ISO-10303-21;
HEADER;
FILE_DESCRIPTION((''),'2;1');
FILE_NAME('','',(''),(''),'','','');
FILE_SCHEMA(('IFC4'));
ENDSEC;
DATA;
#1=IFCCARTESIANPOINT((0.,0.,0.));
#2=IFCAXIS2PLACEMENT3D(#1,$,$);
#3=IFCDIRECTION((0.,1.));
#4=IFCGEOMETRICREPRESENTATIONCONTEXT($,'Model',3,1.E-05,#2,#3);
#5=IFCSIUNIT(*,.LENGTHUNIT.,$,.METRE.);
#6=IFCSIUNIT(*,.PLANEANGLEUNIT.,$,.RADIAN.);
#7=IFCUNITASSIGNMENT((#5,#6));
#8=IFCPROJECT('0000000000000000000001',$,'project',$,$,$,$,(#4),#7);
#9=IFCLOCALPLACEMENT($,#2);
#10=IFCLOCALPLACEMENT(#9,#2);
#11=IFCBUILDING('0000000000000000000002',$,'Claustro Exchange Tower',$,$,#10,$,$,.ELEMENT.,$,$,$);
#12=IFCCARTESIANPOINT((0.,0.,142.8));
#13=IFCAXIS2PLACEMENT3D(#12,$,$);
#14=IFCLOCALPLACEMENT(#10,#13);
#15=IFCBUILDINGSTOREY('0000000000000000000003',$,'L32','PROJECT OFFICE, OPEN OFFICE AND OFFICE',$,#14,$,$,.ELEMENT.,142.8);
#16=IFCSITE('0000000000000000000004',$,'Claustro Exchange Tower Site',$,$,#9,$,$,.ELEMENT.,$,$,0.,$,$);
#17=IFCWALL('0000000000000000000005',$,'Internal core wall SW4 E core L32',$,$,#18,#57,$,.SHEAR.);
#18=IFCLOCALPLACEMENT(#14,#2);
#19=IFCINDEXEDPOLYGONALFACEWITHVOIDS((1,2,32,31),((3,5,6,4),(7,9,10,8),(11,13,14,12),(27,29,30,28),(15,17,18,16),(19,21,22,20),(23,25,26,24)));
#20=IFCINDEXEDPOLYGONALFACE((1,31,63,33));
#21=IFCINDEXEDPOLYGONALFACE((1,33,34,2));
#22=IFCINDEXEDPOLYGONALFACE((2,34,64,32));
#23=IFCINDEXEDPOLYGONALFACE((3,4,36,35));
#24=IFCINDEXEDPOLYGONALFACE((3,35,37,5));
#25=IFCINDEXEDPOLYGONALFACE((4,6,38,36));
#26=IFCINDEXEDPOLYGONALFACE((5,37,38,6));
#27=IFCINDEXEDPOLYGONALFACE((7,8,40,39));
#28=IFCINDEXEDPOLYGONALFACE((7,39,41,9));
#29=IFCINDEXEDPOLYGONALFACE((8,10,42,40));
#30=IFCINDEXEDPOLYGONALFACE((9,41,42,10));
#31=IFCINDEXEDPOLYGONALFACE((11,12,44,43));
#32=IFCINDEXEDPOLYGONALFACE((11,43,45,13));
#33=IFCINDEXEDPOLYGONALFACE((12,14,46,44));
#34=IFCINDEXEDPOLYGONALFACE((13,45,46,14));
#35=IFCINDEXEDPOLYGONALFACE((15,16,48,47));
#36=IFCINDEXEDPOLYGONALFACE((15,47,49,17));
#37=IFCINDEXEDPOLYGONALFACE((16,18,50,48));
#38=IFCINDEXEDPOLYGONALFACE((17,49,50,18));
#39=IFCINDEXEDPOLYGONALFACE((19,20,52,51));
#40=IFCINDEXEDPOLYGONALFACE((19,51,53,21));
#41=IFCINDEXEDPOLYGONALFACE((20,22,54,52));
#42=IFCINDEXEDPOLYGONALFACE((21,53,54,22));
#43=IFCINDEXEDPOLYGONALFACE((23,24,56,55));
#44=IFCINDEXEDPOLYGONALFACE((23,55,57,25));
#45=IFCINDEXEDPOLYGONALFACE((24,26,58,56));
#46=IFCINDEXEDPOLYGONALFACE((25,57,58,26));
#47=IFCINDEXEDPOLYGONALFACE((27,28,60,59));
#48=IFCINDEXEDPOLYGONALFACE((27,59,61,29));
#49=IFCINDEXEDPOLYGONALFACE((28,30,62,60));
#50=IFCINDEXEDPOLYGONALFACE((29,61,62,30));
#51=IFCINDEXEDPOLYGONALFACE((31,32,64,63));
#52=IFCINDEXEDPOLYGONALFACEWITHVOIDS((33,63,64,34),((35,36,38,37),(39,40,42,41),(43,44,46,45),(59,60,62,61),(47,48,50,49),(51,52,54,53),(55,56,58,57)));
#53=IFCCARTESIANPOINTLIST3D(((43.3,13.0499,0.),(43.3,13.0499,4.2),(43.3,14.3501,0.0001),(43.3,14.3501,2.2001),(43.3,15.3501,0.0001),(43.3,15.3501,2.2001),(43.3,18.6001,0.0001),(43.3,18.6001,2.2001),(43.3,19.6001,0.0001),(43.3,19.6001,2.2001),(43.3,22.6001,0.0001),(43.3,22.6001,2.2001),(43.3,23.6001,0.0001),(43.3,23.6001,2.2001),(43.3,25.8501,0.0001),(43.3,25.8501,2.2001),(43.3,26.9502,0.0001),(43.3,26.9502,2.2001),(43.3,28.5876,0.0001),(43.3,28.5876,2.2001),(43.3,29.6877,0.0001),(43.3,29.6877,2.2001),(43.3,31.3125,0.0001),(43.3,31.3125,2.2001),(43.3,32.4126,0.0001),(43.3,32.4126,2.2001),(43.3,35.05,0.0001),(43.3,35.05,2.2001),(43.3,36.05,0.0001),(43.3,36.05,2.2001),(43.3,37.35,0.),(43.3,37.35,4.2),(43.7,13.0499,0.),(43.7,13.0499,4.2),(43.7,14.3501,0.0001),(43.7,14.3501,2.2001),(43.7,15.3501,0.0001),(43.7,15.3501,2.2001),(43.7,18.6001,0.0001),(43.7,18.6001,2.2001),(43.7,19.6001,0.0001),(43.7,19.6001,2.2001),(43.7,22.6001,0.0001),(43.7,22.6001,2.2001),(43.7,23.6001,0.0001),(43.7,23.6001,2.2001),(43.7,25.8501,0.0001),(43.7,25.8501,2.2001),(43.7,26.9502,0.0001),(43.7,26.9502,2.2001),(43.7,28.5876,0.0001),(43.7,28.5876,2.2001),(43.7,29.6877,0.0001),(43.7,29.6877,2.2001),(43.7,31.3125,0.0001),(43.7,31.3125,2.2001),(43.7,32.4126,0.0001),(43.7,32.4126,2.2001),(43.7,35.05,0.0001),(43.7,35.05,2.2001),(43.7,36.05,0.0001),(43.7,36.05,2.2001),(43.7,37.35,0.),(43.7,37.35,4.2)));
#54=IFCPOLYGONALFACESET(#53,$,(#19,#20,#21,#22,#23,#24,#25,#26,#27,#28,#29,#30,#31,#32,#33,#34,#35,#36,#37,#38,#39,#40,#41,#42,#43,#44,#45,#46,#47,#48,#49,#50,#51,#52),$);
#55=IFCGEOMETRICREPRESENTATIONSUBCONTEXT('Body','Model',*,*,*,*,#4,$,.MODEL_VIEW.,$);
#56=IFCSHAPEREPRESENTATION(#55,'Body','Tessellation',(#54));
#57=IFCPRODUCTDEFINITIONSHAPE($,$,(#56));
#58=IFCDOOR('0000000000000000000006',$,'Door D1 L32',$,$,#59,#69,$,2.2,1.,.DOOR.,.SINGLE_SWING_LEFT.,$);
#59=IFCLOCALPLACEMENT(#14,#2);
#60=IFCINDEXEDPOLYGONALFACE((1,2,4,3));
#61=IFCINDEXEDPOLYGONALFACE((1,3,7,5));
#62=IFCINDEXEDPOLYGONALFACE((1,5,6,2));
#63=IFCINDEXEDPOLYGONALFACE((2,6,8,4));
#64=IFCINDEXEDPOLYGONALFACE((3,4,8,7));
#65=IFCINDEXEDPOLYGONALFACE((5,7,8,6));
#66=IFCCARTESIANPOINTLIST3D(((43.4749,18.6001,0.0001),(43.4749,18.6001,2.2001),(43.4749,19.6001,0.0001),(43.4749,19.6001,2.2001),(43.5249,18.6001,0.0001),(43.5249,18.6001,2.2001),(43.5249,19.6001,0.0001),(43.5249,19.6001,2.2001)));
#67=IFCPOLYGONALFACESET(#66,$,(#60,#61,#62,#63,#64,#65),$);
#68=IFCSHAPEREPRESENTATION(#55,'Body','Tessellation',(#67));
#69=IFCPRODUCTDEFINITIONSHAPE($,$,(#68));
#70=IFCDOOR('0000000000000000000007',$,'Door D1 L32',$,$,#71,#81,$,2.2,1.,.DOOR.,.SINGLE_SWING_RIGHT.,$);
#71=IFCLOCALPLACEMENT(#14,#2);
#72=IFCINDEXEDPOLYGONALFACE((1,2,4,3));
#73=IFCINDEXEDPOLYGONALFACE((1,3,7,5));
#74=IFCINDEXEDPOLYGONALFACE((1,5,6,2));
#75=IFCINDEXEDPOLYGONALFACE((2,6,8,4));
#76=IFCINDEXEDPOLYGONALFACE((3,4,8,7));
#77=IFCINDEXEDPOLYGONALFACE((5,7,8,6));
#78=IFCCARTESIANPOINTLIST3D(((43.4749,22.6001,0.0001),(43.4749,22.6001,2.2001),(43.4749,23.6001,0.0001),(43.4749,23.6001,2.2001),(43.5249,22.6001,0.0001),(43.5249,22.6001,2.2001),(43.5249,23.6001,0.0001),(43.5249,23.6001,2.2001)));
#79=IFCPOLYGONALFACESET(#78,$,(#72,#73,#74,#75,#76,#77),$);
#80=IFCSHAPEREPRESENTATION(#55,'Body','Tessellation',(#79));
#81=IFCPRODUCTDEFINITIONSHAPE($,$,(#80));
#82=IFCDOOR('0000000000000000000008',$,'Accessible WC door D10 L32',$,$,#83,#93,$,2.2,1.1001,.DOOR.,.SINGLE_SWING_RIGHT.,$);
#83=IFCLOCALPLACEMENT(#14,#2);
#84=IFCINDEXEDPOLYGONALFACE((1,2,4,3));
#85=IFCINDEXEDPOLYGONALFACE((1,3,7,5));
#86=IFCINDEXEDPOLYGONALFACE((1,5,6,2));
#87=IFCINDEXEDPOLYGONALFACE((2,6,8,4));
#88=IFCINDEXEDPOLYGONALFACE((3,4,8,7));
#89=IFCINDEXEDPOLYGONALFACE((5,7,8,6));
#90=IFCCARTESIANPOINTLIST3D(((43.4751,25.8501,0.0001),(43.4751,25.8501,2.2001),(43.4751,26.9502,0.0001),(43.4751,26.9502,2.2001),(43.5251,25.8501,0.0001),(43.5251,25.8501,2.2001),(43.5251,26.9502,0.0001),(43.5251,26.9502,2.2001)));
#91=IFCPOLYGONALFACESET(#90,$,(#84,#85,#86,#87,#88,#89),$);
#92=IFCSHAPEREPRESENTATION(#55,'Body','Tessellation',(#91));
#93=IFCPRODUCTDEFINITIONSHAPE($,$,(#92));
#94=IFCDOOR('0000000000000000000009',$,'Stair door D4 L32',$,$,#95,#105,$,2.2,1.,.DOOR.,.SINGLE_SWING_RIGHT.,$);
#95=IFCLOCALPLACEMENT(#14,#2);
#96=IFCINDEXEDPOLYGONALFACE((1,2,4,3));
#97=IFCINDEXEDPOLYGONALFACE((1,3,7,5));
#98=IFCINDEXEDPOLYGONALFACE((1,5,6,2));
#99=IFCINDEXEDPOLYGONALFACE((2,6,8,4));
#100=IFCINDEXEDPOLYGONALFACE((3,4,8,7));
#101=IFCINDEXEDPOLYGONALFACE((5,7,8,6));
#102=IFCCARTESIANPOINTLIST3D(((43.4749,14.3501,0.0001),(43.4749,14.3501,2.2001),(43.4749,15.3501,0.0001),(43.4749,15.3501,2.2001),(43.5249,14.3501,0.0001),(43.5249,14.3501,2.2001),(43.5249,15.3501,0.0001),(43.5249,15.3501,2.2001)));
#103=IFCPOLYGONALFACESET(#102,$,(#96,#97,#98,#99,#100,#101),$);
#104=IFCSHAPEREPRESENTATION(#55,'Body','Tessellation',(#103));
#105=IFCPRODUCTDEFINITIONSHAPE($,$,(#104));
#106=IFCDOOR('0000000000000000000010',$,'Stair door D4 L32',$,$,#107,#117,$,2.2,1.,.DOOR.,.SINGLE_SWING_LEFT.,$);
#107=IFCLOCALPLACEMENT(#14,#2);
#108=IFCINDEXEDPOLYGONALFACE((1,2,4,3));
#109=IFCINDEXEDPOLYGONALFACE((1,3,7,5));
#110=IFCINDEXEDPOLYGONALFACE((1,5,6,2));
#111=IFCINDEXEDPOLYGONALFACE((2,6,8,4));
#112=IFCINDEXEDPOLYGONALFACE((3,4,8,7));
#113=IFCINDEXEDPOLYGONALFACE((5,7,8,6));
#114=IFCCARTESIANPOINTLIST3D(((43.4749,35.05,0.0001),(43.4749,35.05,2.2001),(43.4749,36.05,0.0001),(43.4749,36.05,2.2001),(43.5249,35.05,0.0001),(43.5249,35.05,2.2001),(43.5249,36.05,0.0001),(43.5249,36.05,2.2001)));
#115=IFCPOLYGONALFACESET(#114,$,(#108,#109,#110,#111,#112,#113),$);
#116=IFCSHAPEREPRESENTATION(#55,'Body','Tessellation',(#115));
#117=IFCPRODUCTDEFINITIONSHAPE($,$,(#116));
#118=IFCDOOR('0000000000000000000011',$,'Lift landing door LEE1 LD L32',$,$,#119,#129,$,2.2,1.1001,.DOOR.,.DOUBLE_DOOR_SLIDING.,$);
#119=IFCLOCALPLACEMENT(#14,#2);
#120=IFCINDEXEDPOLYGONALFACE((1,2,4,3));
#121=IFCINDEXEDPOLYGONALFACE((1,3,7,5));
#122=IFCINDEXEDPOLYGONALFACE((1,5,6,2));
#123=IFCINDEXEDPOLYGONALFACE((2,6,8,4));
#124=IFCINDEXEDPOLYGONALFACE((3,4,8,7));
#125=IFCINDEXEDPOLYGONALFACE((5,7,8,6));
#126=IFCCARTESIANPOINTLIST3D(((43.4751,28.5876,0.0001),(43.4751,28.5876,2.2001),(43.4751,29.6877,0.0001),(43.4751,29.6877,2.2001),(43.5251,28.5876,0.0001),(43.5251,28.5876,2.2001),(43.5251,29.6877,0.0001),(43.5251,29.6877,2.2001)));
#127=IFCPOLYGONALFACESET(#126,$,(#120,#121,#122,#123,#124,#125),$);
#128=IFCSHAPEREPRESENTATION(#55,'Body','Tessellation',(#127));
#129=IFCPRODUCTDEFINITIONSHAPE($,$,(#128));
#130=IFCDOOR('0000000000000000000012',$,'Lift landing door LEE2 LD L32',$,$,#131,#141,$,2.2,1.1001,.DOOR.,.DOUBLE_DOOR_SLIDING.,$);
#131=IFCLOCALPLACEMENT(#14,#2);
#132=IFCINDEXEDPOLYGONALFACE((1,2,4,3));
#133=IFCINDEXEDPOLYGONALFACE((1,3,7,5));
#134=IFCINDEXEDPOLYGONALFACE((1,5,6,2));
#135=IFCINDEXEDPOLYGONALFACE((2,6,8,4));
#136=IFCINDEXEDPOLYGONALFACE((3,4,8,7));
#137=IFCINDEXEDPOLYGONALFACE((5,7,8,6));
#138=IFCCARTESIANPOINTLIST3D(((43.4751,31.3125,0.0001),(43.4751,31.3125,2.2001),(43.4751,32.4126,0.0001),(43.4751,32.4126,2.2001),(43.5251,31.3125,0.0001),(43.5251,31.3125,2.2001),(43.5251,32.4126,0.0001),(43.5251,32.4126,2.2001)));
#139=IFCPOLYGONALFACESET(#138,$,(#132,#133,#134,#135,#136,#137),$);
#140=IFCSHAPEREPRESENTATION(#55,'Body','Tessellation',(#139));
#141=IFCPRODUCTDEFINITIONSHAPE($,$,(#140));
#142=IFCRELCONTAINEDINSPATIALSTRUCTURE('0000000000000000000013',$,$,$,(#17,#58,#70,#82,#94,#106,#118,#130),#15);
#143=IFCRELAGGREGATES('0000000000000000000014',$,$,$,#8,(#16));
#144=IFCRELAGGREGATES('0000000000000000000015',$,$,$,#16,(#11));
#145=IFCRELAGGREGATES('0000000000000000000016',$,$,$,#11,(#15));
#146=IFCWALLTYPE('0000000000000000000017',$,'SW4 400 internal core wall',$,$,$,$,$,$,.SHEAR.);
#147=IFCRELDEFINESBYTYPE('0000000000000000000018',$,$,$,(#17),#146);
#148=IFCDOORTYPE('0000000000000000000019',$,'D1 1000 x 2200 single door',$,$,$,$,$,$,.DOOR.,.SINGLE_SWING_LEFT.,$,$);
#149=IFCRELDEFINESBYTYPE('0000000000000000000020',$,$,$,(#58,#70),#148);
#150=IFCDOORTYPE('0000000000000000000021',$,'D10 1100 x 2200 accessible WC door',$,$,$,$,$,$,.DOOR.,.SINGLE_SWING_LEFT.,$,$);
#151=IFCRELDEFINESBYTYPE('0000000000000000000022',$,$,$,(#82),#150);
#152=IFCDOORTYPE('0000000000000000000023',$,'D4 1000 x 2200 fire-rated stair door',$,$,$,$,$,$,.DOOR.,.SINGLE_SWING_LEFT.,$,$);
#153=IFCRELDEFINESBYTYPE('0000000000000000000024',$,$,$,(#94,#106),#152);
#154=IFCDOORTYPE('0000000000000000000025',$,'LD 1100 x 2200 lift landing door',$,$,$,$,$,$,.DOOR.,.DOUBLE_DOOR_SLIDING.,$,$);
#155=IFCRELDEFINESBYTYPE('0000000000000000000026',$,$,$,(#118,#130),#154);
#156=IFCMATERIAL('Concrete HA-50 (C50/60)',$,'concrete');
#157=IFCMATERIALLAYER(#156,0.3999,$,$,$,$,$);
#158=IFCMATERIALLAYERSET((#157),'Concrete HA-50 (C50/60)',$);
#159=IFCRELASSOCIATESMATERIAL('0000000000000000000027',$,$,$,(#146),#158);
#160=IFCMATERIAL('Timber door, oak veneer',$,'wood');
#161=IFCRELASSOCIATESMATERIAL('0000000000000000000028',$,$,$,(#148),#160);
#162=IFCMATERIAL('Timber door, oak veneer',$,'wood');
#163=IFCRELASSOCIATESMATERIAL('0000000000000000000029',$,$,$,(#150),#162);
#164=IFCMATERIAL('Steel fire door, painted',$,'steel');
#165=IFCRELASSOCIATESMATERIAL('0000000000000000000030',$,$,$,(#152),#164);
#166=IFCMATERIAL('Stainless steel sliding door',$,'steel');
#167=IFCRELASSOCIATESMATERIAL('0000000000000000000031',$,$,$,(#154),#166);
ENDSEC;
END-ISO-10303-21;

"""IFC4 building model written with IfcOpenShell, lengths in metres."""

from ifc_helpers import new_model, si_unit, direction, frame, frame_2d, origin, place, context, subcontext, project, spatial, rectangle, extrude, material, layer, layer_set, type_object, element, fill, save


model = new_model("IFC4")

# Units and contexts
model_context = context("Model", 3, precision=1e-05, world=origin(), true_north=direction((0.0, 1.0)))
body_context = subcontext(model_context, "Body", "Model", "MODEL_VIEW")
ifc_project = project(units=[si_unit("LENGTHUNIT", "METRE"), si_unit("PLANEANGLEUNIT", "RADIAN")], contexts=[model_context])

# Site, building, storey
site_placement = place(None, origin())
site = spatial("IfcSite", under=ifc_project, at=site_placement, Name="Claustro Exchange Tower Site", CompositionType="ELEMENT", RefElevation=0.0)
building_placement = place(site_placement, origin())
building = spatial("IfcBuilding", under=site, at=building_placement, Name="Claustro Exchange Tower", CompositionType="ELEMENT")
storey_placement = place(building_placement, frame((0.0, 0.0, 142.8)))
storey = spatial("IfcBuildingStorey", under=building, at=storey_placement, Name="L32", Description="PROJECT OFFICE, OPEN OFFICE AND OFFICE", CompositionType="ELEMENT", Elevation=142.8)

# Wall, openings, doors
ifc_material_1 = material(Name="Concrete HA-50 (C50/60)", Category="concrete")
ifc_layer_1 = layer(ifc_material_1, 0.3999)
ifc_layer_set_1 = layer_set([ifc_layer_1], Name="Concrete HA-50 (C50/60)")
wall_type_1 = type_object("IfcWallType", Name="SW4 400 internal core wall", PredefinedType="SHEAR", material=ifc_layer_set_1)
wall_1_placement = place(storey_placement, frame((43.5, 13.05, 0.0), z_axis=(0.0, 0.0, 1.0), x_axis=(0.0, 1.0, 0.0)))
wall_1 = element("IfcWall", 1, at=wall_1_placement, inside=storey, type_object=wall_type_1, Name="Internal core wall SW4 E core L32", PredefinedType="SHEAR", context=body_context, shape_type="SweptSolid", body=[
    extrude(rectangle(XDim=24.3, YDim=0.3999, at=frame_2d((12.1499, 0.0))), origin(), (0.0, 0.0, 1.0), 4.2),
])
opening_1_placement = place(wall_1_placement, frame((1.3, 0.0, 0.0)))
opening_1 = element("IfcOpeningElement", 2, at=opening_1_placement, cuts=wall_1, PredefinedType="OPENING", context=body_context, shape_type="SweptSolid", body=[
    extrude(rectangle(XDim=1.0, YDim=2.2, at=frame_2d((0.5, 1.1001))), frame((0.0, 0.21, 0.0), z_axis=(0.0, -1.0, 0.0), x_axis=(1.0, 0.0, 0.0)), (0.0, 0.0, 1.0), 0.4199),
])
opening_2_placement = place(wall_1_placement, frame((22.0, 0.0, 0.0)))
opening_2 = element("IfcOpeningElement", 3, at=opening_2_placement, cuts=wall_1, PredefinedType="OPENING", context=body_context, shape_type="SweptSolid", body=[
    extrude(rectangle(XDim=1.0, YDim=2.2, at=frame_2d((0.5, 1.1001))), frame((0.0, 0.21, 0.0), z_axis=(0.0, -1.0, 0.0), x_axis=(1.0, 0.0, 0.0)), (0.0, 0.0, 1.0), 0.4199),
])
opening_3_placement = place(wall_1_placement, frame((5.55, 0.0, 0.0)))
opening_3 = element("IfcOpeningElement", 4, at=opening_3_placement, cuts=wall_1, PredefinedType="OPENING", context=body_context, shape_type="SweptSolid", body=[
    extrude(rectangle(XDim=1.0, YDim=2.2, at=frame_2d((0.5, 1.1001))), frame((0.0, 0.21, 0.0), z_axis=(0.0, -1.0, 0.0), x_axis=(1.0, 0.0, 0.0)), (0.0, 0.0, 1.0), 0.4199),
])
opening_4_placement = place(wall_1_placement, frame((9.55, 0.0, 0.0)))
opening_4 = element("IfcOpeningElement", 5, at=opening_4_placement, cuts=wall_1, PredefinedType="OPENING", context=body_context, shape_type="SweptSolid", body=[
    extrude(rectangle(XDim=1.0, YDim=2.2, at=frame_2d((0.5, 1.1001))), frame((0.0, 0.21, 0.0), z_axis=(0.0, -1.0, 0.0), x_axis=(1.0, 0.0, 0.0)), (0.0, 0.0, 1.0), 0.4199),
])
opening_5_placement = place(wall_1_placement, frame((12.8, 0.0, 0.0)))
opening_5 = element("IfcOpeningElement", 6, at=opening_5_placement, cuts=wall_1, PredefinedType="OPENING", context=body_context, shape_type="SweptSolid", body=[
    extrude(rectangle(XDim=1.1001, YDim=2.2, at=frame_2d((0.55, 1.1001))), frame((0.0, 0.21, 0.0), z_axis=(0.0, -1.0, 0.0), x_axis=(1.0, 0.0, 0.0)), (0.0, 0.0, 1.0), 0.4199),
])
opening_6_placement = place(wall_1_placement, frame((15.5376, 0.0, 0.0)))
opening_6 = element("IfcOpeningElement", 7, at=opening_6_placement, cuts=wall_1, PredefinedType="OPENING", context=body_context, shape_type="SweptSolid", body=[
    extrude(rectangle(XDim=1.1001, YDim=2.2, at=frame_2d((0.55, 1.1001))), frame((0.0, 0.21, 0.0), z_axis=(0.0, -1.0, 0.0), x_axis=(1.0, 0.0, 0.0)), (0.0, 0.0, 1.0), 0.4199),
])
opening_7_placement = place(wall_1_placement, frame((18.2625, 0.0, 0.0)))
opening_7 = element("IfcOpeningElement", 8, at=opening_7_placement, cuts=wall_1, PredefinedType="OPENING", context=body_context, shape_type="SweptSolid", body=[
    extrude(rectangle(XDim=1.1001, YDim=2.2, at=frame_2d((0.55, 1.1001))), frame((0.0, 0.21, 0.0), z_axis=(0.0, -1.0, 0.0), x_axis=(1.0, 0.0, 0.0)), (0.0, 0.0, 1.0), 0.4199),
])
ifc_material_2 = material(Name="Timber door, oak veneer", Category="wood")
door_type_1 = type_object("IfcDoorType", Name="D1 1000 x 2200 single door", OperationType="SINGLE_SWING_LEFT", PredefinedType="DOOR", material=ifc_material_2)
door_1_placement = place(opening_3_placement, frame((1.0, 0.0, 0.0), z_axis=(0.0, 0.0, 1.0), x_axis=(-1.0, 0.0, 0.0)))
door_1 = element("IfcDoor", 9, at=door_1_placement, inside=storey, type_object=door_type_1, Name="Door D1 L32", OperationType="SINGLE_SWING_LEFT", OverallHeight=2.2, OverallWidth=1.0, PredefinedType="DOOR", context=body_context, shape_type="SweptSolid", body=[
    extrude(rectangle(XDim=1.0, YDim=2.2, at=frame_2d((0.5, 1.1001))), frame((0.0, 0.0249, 0.0), z_axis=(0.0, -1.0, 0.0), x_axis=(1.0, 0.0, 0.0)), (0.0, 0.0, 1.0), 0.05),
])
fill(opening_3, door_1)
door_2_placement = place(opening_4_placement, frame((1.0, 0.0, 0.0), z_axis=(0.0, 0.0, 1.0), x_axis=(-1.0, 0.0, 0.0)))
door_2 = element("IfcDoor", 10, at=door_2_placement, inside=storey, type_object=door_type_1, Name="Door D1 L32", OperationType="SINGLE_SWING_RIGHT", OverallHeight=2.2, OverallWidth=1.0, PredefinedType="DOOR", context=body_context, shape_type="SweptSolid", body=[
    extrude(rectangle(XDim=1.0, YDim=2.2, at=frame_2d((0.5, 1.1001))), frame((0.0, 0.0249, 0.0), z_axis=(0.0, -1.0, 0.0), x_axis=(1.0, 0.0, 0.0)), (0.0, 0.0, 1.0), 0.05),
])
fill(opening_4, door_2)
ifc_material_3 = material(Name="Timber door, oak veneer", Category="wood")
door_type_2 = type_object("IfcDoorType", Name="D10 1100 x 2200 accessible WC door", OperationType="SINGLE_SWING_LEFT", PredefinedType="DOOR", material=ifc_material_3)
door_3_placement = place(opening_5_placement, origin())
door_3 = element("IfcDoor", 11, at=door_3_placement, inside=storey, type_object=door_type_2, Name="Accessible WC door D10 L32", OperationType="SINGLE_SWING_RIGHT", OverallHeight=2.2, OverallWidth=1.1001, PredefinedType="DOOR", context=body_context, shape_type="SweptSolid", body=[
    extrude(rectangle(XDim=1.1001, YDim=2.2, at=frame_2d((0.55, 1.1001))), frame((0.0, 0.0249, 0.0), z_axis=(0.0, -1.0, 0.0), x_axis=(1.0, 0.0, 0.0)), (0.0, 0.0, 1.0), 0.05),
])
fill(opening_5, door_3)
ifc_material_4 = material(Name="Steel fire door, painted", Category="steel")
door_type_3 = type_object("IfcDoorType", Name="D4 1000 x 2200 fire-rated stair door", OperationType="SINGLE_SWING_LEFT", PredefinedType="DOOR", material=ifc_material_4)
door_4_placement = place(opening_1_placement, frame((1.0, 0.0, 0.0), z_axis=(0.0, 0.0, 1.0), x_axis=(-1.0, 0.0, 0.0)))
door_4 = element("IfcDoor", 12, at=door_4_placement, inside=storey, type_object=door_type_3, Name="Stair door D4 L32", OperationType="SINGLE_SWING_RIGHT", OverallHeight=2.2, OverallWidth=1.0, PredefinedType="DOOR", context=body_context, shape_type="SweptSolid", body=[
    extrude(rectangle(XDim=1.0, YDim=2.2, at=frame_2d((0.5, 1.1001))), frame((0.0, 0.0249, 0.0), z_axis=(0.0, -1.0, 0.0), x_axis=(1.0, 0.0, 0.0)), (0.0, 0.0, 1.0), 0.05),
])
fill(opening_1, door_4)
door_5_placement = place(opening_2_placement, frame((1.0, 0.0, 0.0), z_axis=(0.0, 0.0, 1.0), x_axis=(-1.0, 0.0, 0.0)))
door_5 = element("IfcDoor", 13, at=door_5_placement, inside=storey, type_object=door_type_3, Name="Stair door D4 L32", OperationType="SINGLE_SWING_LEFT", OverallHeight=2.2, OverallWidth=1.0, PredefinedType="DOOR", context=body_context, shape_type="SweptSolid", body=[
    extrude(rectangle(XDim=1.0, YDim=2.2, at=frame_2d((0.5, 1.1001))), frame((0.0, 0.0249, 0.0), z_axis=(0.0, -1.0, 0.0), x_axis=(1.0, 0.0, 0.0)), (0.0, 0.0, 1.0), 0.05),
])
fill(opening_2, door_5)
ifc_material_5 = material(Name="Stainless steel sliding door", Category="steel")
door_type_4 = type_object("IfcDoorType", Name="LD 1100 x 2200 lift landing door", OperationType="DOUBLE_DOOR_SLIDING", PredefinedType="DOOR", material=ifc_material_5)
door_6_placement = place(opening_6_placement, origin())
door_6 = element("IfcDoor", 14, at=door_6_placement, inside=storey, type_object=door_type_4, Name="Lift landing door LEE1 LD L32", OperationType="DOUBLE_DOOR_SLIDING", OverallHeight=2.2, OverallWidth=1.1001, PredefinedType="DOOR", context=body_context, shape_type="SweptSolid", body=[
    extrude(rectangle(XDim=1.1001, YDim=2.2, at=frame_2d((0.55, 1.1001))), frame((0.0, 0.0249, 0.0), z_axis=(0.0, -1.0, 0.0), x_axis=(1.0, 0.0, 0.0)), (0.0, 0.0, 1.0), 0.05),
])
fill(opening_6, door_6)
door_7_placement = place(opening_7_placement, origin())
door_7 = element("IfcDoor", 15, at=door_7_placement, inside=storey, type_object=door_type_4, Name="Lift landing door LEE2 LD L32", OperationType="DOUBLE_DOOR_SLIDING", OverallHeight=2.2, OverallWidth=1.1001, PredefinedType="DOOR", context=body_context, shape_type="SweptSolid", body=[
    extrude(rectangle(XDim=1.1001, YDim=2.2, at=frame_2d((0.55, 1.1001))), frame((0.0, 0.0249, 0.0), z_axis=(0.0, -1.0, 0.0), x_axis=(1.0, 0.0, 0.0)), (0.0, 0.0, 1.0), 0.05),
])
fill(opening_7, door_7)

save(model, "model.ifc")
